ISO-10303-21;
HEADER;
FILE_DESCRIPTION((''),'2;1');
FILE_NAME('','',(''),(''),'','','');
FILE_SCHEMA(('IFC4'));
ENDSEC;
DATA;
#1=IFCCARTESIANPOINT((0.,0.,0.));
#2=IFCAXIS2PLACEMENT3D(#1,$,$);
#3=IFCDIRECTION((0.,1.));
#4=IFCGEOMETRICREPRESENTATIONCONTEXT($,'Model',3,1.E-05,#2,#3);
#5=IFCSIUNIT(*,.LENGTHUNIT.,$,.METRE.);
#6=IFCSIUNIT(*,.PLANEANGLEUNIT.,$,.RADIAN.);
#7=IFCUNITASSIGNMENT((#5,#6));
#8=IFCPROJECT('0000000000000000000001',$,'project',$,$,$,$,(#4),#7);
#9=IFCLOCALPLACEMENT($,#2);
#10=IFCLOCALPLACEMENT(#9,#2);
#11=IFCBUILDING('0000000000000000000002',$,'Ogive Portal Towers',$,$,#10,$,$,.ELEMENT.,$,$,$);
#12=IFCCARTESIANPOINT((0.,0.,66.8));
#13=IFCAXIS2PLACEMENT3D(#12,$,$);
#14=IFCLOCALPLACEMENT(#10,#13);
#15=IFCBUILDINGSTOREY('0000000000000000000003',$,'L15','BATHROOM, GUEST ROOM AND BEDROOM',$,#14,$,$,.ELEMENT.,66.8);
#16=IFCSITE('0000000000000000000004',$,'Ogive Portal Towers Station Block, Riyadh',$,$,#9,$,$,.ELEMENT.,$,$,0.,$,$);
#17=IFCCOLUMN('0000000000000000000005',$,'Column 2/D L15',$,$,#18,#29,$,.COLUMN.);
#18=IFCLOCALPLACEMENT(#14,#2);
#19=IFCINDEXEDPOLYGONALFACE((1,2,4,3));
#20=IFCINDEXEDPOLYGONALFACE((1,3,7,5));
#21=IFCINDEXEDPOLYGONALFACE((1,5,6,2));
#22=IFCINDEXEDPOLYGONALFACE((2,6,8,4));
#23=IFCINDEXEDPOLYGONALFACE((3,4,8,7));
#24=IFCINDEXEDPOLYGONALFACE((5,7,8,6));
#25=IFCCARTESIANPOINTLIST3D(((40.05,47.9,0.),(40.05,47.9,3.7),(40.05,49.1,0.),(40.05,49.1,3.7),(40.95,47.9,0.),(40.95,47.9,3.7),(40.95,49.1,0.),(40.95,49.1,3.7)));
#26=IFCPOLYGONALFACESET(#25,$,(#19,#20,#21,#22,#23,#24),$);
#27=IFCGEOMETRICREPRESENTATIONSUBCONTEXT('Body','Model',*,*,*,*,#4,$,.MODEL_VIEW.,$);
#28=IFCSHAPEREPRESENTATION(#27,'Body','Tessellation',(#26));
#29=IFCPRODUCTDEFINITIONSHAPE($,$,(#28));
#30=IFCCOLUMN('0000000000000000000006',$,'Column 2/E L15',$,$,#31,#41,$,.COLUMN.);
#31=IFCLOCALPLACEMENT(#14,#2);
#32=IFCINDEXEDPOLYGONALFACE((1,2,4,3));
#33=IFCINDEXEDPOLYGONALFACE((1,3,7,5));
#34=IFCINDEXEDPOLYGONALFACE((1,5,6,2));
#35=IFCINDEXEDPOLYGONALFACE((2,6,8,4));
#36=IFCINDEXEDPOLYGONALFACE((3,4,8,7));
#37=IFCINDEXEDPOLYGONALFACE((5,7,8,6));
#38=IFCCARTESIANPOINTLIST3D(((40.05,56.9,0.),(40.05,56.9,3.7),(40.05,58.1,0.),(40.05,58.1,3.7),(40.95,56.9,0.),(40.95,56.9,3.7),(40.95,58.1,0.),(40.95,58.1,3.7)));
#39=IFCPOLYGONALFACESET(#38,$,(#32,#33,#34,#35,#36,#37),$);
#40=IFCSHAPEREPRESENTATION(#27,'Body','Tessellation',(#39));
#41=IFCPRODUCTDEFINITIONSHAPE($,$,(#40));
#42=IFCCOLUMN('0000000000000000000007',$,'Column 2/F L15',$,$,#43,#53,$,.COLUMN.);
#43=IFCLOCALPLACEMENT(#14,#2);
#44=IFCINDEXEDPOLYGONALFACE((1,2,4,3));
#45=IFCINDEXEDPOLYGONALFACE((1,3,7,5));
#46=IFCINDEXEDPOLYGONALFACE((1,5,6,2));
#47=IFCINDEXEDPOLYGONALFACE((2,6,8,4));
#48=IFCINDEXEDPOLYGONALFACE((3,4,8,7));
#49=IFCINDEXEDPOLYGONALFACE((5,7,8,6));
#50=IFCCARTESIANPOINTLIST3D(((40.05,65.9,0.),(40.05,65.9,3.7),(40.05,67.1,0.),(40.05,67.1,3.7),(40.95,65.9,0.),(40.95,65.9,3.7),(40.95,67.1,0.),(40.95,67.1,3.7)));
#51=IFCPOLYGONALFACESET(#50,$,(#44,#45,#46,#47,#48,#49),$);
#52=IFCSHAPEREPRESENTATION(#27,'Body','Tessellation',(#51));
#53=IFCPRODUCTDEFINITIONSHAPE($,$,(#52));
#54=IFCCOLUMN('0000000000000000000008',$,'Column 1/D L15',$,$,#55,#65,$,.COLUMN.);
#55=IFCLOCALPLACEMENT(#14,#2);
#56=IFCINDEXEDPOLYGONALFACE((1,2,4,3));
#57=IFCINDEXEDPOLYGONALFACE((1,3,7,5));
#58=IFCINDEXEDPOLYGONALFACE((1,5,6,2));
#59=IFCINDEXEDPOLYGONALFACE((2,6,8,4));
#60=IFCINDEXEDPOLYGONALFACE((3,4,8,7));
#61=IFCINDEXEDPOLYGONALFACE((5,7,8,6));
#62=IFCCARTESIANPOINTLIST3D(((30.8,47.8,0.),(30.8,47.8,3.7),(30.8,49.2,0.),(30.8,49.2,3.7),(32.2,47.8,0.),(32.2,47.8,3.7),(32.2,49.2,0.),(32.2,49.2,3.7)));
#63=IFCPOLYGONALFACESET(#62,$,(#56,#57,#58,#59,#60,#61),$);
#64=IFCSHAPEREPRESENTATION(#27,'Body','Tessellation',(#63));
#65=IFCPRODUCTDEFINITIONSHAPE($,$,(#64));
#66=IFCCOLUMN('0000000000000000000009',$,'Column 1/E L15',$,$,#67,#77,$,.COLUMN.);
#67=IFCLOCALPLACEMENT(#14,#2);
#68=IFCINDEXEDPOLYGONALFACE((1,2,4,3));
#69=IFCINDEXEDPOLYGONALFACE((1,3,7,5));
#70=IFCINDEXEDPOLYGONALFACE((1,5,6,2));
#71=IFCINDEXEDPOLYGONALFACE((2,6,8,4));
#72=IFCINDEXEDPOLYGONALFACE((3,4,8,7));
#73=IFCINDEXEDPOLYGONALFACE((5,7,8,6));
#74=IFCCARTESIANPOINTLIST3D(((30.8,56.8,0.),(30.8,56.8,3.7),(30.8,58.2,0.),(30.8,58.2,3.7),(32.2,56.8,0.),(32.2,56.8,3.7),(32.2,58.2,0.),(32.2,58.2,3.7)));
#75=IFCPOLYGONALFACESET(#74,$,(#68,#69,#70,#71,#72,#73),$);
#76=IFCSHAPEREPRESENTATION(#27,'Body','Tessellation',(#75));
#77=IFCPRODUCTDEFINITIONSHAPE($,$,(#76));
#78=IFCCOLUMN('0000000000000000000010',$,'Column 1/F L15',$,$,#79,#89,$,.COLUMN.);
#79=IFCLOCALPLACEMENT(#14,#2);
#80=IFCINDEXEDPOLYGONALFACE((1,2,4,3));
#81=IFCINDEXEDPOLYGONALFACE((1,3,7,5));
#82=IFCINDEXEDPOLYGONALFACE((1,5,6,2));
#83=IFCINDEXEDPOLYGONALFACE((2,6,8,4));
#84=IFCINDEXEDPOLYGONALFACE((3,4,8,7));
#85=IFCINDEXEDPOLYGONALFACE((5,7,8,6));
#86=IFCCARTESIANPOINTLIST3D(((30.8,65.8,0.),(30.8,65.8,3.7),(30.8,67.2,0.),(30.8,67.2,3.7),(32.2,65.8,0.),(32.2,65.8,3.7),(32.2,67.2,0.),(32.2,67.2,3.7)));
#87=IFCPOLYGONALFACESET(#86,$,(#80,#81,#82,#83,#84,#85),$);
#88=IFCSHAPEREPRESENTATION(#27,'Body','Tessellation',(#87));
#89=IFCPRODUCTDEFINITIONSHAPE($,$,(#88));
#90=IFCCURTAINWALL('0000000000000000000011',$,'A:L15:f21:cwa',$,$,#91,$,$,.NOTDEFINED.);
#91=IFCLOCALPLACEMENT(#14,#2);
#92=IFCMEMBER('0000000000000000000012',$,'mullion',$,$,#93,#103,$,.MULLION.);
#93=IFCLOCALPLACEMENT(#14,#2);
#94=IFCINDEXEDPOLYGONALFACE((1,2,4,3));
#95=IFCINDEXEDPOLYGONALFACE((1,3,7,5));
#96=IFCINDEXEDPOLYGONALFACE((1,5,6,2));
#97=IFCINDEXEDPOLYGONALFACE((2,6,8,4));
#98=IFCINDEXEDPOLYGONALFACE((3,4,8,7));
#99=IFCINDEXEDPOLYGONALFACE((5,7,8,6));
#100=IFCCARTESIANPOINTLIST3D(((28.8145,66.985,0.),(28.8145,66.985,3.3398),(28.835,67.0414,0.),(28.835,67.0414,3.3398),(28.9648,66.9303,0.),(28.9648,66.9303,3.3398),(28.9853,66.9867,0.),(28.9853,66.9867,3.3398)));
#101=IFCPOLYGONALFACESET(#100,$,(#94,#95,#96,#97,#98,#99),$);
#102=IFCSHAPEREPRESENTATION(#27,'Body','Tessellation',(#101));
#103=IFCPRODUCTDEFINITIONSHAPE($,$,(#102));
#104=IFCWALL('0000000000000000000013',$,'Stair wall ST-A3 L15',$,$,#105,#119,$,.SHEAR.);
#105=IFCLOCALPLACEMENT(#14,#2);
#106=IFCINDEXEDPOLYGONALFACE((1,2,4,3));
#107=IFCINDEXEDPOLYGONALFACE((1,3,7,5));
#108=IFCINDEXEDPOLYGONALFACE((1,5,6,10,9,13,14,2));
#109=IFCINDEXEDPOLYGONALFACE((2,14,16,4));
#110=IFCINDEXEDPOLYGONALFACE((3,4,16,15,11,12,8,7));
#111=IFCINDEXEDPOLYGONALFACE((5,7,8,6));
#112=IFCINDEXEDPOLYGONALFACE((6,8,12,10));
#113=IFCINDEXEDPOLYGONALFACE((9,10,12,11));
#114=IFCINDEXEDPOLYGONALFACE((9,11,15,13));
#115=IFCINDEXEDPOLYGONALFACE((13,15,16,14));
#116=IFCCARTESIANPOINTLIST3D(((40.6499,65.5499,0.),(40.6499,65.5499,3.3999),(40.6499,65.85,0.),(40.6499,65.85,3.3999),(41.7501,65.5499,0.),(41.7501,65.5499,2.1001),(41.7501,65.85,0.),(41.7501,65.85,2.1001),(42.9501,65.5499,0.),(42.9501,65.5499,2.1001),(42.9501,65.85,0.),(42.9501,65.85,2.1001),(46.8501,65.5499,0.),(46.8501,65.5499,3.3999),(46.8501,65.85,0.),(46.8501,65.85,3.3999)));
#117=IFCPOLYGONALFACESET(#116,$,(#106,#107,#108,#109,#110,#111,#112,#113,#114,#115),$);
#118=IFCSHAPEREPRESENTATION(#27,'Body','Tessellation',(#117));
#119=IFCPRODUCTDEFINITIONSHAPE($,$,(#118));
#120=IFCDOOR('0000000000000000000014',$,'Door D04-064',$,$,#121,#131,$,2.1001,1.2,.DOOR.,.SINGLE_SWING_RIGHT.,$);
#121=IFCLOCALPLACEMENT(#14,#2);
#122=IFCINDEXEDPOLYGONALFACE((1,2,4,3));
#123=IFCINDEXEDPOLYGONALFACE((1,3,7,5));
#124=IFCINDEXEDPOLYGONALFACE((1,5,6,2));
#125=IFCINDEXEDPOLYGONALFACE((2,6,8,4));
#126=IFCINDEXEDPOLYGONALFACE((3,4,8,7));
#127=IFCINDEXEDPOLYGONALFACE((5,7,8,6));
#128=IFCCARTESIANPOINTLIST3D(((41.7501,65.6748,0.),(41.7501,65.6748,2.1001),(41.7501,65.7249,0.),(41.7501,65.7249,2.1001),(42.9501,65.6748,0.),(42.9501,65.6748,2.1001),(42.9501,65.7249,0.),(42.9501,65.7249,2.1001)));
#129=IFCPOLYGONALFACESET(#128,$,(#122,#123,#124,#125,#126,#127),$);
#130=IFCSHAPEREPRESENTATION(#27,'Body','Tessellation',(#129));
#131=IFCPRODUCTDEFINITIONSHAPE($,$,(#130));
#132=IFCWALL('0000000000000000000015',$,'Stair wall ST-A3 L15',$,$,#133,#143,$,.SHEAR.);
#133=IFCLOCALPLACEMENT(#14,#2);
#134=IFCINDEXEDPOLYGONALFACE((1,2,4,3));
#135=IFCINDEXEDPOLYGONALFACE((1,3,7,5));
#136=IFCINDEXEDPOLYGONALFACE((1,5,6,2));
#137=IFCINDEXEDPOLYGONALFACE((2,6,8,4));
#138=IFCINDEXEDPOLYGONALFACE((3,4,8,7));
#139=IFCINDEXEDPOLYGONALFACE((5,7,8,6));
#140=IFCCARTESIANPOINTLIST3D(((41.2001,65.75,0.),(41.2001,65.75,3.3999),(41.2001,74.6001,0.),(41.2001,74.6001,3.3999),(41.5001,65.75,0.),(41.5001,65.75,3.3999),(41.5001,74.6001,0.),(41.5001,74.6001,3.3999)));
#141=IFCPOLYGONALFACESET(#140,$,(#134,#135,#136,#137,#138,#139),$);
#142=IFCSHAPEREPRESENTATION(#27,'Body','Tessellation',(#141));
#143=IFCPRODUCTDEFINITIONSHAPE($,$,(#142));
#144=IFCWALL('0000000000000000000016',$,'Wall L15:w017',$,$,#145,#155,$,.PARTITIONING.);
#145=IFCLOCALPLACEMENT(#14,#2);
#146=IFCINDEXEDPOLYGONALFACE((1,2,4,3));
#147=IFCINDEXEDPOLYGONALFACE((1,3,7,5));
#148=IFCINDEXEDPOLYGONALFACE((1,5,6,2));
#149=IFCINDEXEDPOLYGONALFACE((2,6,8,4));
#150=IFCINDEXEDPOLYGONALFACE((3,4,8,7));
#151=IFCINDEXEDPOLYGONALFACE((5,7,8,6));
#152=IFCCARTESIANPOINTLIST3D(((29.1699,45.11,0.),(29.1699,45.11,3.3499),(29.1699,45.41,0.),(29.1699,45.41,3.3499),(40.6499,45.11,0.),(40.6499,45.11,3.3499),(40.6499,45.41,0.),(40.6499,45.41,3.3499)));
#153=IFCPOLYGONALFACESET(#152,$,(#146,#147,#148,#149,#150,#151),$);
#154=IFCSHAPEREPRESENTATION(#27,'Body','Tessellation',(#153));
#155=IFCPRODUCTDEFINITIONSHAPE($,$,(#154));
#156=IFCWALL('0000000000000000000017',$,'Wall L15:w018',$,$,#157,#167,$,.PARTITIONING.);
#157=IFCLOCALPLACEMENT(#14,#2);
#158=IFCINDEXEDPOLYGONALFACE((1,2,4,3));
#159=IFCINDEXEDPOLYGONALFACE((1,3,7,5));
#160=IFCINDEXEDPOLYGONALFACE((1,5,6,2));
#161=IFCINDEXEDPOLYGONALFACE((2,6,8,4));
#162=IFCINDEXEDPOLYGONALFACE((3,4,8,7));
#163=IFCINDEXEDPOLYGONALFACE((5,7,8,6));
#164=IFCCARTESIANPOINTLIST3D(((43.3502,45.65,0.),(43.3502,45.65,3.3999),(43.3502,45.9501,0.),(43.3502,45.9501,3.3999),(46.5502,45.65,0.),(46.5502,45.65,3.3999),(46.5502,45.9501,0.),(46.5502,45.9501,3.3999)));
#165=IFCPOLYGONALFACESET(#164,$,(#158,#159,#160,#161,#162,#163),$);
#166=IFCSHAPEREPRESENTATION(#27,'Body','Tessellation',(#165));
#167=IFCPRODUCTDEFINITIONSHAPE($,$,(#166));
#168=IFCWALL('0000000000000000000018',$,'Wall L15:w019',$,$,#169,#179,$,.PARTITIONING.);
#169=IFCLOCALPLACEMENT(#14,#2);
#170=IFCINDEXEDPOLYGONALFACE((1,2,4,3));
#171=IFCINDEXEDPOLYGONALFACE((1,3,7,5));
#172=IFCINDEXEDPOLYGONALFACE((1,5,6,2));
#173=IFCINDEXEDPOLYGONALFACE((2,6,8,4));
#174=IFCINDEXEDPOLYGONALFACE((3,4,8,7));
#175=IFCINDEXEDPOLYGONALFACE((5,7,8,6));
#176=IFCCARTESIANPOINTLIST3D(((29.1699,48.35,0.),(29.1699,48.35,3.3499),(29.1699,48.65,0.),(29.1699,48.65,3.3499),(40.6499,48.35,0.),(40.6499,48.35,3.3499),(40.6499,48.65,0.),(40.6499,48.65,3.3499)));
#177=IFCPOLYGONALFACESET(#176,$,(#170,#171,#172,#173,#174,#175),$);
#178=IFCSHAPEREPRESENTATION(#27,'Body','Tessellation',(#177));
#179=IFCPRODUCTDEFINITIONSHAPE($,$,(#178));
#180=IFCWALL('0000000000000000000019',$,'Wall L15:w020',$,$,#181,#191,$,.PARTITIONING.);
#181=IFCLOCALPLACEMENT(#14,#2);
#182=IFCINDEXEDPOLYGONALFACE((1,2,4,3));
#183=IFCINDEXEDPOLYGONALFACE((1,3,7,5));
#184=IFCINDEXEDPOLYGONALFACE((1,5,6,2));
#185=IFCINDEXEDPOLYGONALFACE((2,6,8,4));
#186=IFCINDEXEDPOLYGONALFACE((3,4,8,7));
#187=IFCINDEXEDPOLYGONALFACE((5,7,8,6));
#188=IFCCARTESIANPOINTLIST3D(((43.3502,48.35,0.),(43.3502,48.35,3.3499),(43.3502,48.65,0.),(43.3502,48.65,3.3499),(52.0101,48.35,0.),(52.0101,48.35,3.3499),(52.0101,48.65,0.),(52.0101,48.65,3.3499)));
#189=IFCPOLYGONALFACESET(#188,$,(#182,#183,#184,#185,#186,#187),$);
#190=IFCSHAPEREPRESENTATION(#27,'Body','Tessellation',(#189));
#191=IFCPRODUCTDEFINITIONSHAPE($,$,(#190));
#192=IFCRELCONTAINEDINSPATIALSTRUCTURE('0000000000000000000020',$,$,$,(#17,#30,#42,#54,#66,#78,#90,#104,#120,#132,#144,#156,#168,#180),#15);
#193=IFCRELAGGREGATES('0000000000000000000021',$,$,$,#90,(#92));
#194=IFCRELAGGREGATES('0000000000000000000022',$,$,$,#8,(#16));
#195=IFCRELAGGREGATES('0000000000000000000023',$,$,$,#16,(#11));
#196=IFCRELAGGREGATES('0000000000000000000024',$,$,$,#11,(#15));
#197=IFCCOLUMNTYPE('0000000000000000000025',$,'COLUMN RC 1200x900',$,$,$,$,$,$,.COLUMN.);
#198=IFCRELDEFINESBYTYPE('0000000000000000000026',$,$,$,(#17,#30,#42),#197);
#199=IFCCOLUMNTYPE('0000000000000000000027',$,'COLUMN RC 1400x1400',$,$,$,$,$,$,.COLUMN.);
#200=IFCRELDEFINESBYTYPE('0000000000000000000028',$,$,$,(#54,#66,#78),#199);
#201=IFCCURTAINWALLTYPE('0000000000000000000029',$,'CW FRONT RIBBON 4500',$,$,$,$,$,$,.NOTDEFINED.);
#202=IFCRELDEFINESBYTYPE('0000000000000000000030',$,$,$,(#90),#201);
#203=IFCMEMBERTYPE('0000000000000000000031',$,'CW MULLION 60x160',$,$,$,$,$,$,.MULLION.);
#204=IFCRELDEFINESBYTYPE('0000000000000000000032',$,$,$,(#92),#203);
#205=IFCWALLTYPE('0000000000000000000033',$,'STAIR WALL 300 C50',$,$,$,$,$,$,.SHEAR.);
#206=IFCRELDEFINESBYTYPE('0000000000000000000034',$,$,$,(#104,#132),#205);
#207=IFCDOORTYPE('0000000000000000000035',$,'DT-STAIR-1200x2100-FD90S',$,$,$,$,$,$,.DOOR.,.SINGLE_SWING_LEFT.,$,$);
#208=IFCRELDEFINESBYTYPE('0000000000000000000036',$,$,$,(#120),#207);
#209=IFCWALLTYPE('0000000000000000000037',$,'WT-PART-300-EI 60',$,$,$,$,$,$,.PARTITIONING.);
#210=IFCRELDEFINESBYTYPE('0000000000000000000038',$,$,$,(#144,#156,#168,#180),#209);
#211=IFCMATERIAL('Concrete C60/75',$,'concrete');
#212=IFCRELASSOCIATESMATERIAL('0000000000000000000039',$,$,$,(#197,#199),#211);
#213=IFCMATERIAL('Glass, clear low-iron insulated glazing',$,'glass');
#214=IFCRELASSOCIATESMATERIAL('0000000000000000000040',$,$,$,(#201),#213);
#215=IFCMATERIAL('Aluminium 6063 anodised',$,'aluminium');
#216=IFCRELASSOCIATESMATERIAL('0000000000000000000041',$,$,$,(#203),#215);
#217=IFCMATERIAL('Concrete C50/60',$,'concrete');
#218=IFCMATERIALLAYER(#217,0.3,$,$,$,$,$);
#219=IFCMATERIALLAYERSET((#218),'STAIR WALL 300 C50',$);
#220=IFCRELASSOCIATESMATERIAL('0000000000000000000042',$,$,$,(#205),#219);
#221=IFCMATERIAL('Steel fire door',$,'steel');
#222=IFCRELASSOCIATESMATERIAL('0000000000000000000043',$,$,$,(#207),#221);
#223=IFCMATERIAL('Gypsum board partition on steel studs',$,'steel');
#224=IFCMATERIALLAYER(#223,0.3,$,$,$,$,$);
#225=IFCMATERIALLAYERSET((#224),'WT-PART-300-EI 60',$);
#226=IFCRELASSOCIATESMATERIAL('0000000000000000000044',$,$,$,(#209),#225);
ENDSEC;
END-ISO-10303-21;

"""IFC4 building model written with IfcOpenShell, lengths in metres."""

from ifc_helpers import new_model, si_unit, direction, frame, frame_2d, origin, origin_2d, place, context, subcontext, project, spatial, rectangle, extrude, material, layer, layer_set, material_profile, profile_set, type_object, element, fill, aggregate, save


model = new_model("IFC4")

# Units and contexts
model_context = context("Model", 3, precision=1e-05, world=origin(), true_north=direction((0.0, 1.0)))
body_context = subcontext(model_context, "Body", "Model", "MODEL_VIEW")
ifc_project = project(units=[si_unit("LENGTHUNIT", "METRE"), si_unit("PLANEANGLEUNIT", "RADIAN")], contexts=[model_context])

# Site, building, storey
site_placement = place(None, origin())
site = spatial("IfcSite", under=ifc_project, at=site_placement, Name="Ogive Portal Towers Station Block, Riyadh", CompositionType="ELEMENT", RefElevation=0.0)
building_placement = place(site_placement, origin())
building = spatial("IfcBuilding", under=site, at=building_placement, Name="Ogive Portal Towers", CompositionType="ELEMENT")
storey_placement = place(building_placement, frame((0.0, 0.0, 66.8)))
storey = spatial("IfcBuildingStorey", under=building, at=storey_placement, Name="L15", Description="BATHROOM, GUEST ROOM AND BEDROOM", CompositionType="ELEMENT", Elevation=66.8)

# Columns
ifc_material_1 = material(Name="Concrete C60/75", Category="concrete")
ifc_material_profile_1 = material_profile(ifc_material_1, rectangle(XDim=1.2, YDim=0.8999, at=origin_2d()), Name="RC 1200x900")
ifc_profile_set_1 = profile_set([ifc_material_profile_1], Name="Concrete C60/75")
column_type_1 = type_object("IfcColumnType", Name="COLUMN RC 1200x900", PredefinedType="COLUMN", material=ifc_profile_set_1)
for number, where, z_axis, x_axis, name in (
    (1, (40.5, 48.5, 0.0), (0.0, 0.0, 1.0), (0.0, 1.0, 0.0), "Column 2/D L15"),
    (2, (40.5, 57.5, 0.0), (0.0, 0.0, 1.0), (0.0, 1.0, 0.0), "Column 2/E L15"),
    (3, (40.5, 66.5, 0.0), (0.0, 0.0, 1.0), (0.0, 1.0, 0.0), "Column 2/F L15"),
):
    element("IfcColumn", number, at=place(storey_placement, frame(where, z_axis=z_axis, x_axis=x_axis)), inside=storey, type_object=column_type_1, Name=name, PredefinedType="COLUMN", context=body_context, shape_type="SweptSolid", body=[
        extrude(rectangle(XDim=1.2, YDim=0.8999, at=origin_2d()), origin(), (0.0, 0.0, 1.0), 3.7),
    ])
ifc_material_profile_2 = material_profile(ifc_material_1, rectangle(XDim=1.3999, YDim=1.3999, at=origin_2d()), Name="RC 1400x1400")
ifc_profile_set_2 = profile_set([ifc_material_profile_2], Name="Concrete C60/75")
column_type_2 = type_object("IfcColumnType", Name="COLUMN RC 1400x1400", PredefinedType="COLUMN", material=ifc_profile_set_2)
for number, where, z_axis, x_axis, name in (
    (4, (31.5, 48.5, 0.0), (0.0, 0.0, 1.0), (1.0, 0.0, 0.0), "Column 1/D L15"),
    (5, (31.5, 57.5, 0.0), (0.0, 0.0, 1.0), (1.0, 0.0, 0.0), "Column 1/E L15"),
    (6, (31.5, 66.5, 0.0), (0.0, 0.0, 1.0), (1.0, 0.0, 0.0), "Column 1/F L15"),
):
    element("IfcColumn", number, at=place(storey_placement, frame(where, z_axis=z_axis, x_axis=x_axis)), inside=storey, type_object=column_type_2, Name=name, PredefinedType="COLUMN", context=body_context, shape_type="SweptSolid", body=[
        extrude(rectangle(XDim=1.3999, YDim=1.3999, at=origin_2d()), origin(), (0.0, 0.0, 1.0), 3.7),
    ])

# Curtain wall, member
ifc_material_2 = material(Name="Glass, clear low-iron insulated glazing", Category="glass")
curtain_wall_type = type_object("IfcCurtainWallType", Name="CW FRONT RIBBON 4500", PredefinedType="NOTDEFINED", material=ifc_material_2)
curtain_wall_placement = place(storey_placement, origin())
curtain_wall = element("IfcCurtainWall", 7, at=curtain_wall_placement, inside=storey, type_object=curtain_wall_type, Name="A:L15:f21:cwa", PredefinedType="NOTDEFINED")
ifc_material_3 = material(Name="Aluminium 6063 anodised", Category="aluminium")
ifc_material_profile_3 = material_profile(ifc_material_3, rectangle(XDim=0.1599, YDim=0.0601, at=origin_2d()), Name="AL 60x160")
ifc_profile_set_3 = profile_set([ifc_material_profile_3], Name="Aluminium 6063 anodised")
member_type = type_object("IfcMemberType", Name="CW MULLION 60x160", PredefinedType="MULLION", material=ifc_profile_set_3)
member_placement = place(storey_placement, frame((28.8999, 66.9858, 0.0), z_axis=(0.0, 0.0, 1.0), x_axis=(0.939693, -0.34202, 0.0)))
member = element("IfcMember", 8, at=member_placement, type_object=member_type, Name="mullion", PredefinedType="MULLION", context=body_context, shape_type="SweptSolid", body=[
    extrude(rectangle(XDim=0.1599, YDim=0.0601, at=origin_2d()), origin(), (0.0, 0.0, 1.0), 3.3398),
])
aggregate(curtain_wall, [member])

# Wall, opening, door
ifc_material_4 = material(Name="Concrete C50/60", Category="concrete")
ifc_layer_1 = layer(ifc_material_4, 0.3)
ifc_layer_set_1 = layer_set([ifc_layer_1], Name="STAIR WALL 300 C50")
wall_type_1 = type_object("IfcWallType", Name="STAIR WALL 300 C50", PredefinedType="SHEAR", material=ifc_layer_set_1)
wall_1_placement = place(storey_placement, frame((40.6499, 65.7, 0.0), z_axis=(0.0, 0.0, 1.0), x_axis=(1.0, 0.0, 0.0)))
wall_1 = element("IfcWall", 9, at=wall_1_placement, inside=storey, type_object=wall_type_1, Name="Stair wall ST-A3 L15", PredefinedType="SHEAR", context=body_context, shape_type="SweptSolid", body=[
    extrude(rectangle(XDim=6.2002, YDim=0.3, at=frame_2d((3.1001, 0.0))), origin(), (0.0, 0.0, 1.0), 3.3999),
])
opening_1_placement = place(wall_1_placement, frame((1.1001, 0.0, 0.0)))
opening_1 = element("IfcOpeningElement", 10, at=opening_1_placement, cuts=wall_1, PredefinedType="OPENING", context=body_context, shape_type="SweptSolid", body=[
    extrude(rectangle(XDim=1.2, YDim=2.1001, at=frame_2d((0.6001, 1.05))), frame((0.0, 0.1602, 0.0), z_axis=(0.0, -1.0, 0.0), x_axis=(1.0, 0.0, 0.0)), (0.0, 0.0, 1.0), 0.3201),
])
ifc_material_5 = material(Name="Steel fire door", Category="steel")
door_type_1 = type_object("IfcDoorType", Name="DT-STAIR-1200x2100-FD90S", OperationType="SINGLE_SWING_LEFT", PredefinedType="DOOR", material=ifc_material_5)
door_1_placement = place(opening_1_placement, origin())
door_1 = element("IfcDoor", 11, at=door_1_placement, inside=storey, type_object=door_type_1, Name="Door D04-064", OperationType="SINGLE_SWING_RIGHT", OverallHeight=2.1001, OverallWidth=1.2, PredefinedType="DOOR", context=body_context, shape_type="SweptSolid", body=[
    extrude(rectangle(XDim=1.2, YDim=2.1001, at=frame_2d((0.6001, 1.05))), frame((0.0, 0.0249, 0.0), z_axis=(0.0, -1.0, 0.0), x_axis=(1.0, 0.0, 0.0)), (0.0, 0.0, 1.0), 0.05),
])
fill(opening_1, door_1)

# Walls
wall_2_placement = place(storey_placement, frame((41.3501, 65.75, 0.0), z_axis=(0.0, 0.0, 1.0), x_axis=(0.0, 1.0, 0.0)))
element("IfcWall", 12, at=wall_2_placement, inside=storey, type_object=wall_type_1, Name="Stair wall ST-A3 L15", PredefinedType="SHEAR", context=body_context, shape_type="SweptSolid", body=[
    extrude(rectangle(XDim=8.8501, YDim=0.3, at=frame_2d((4.425, 0.0))), origin(), (0.0, 0.0, 1.0), 3.3999),
])
ifc_material_6 = material(Name="Gypsum board partition on steel studs", Category="steel")
ifc_layer_2 = layer(ifc_material_6, 0.3)
ifc_layer_set_2 = layer_set([ifc_layer_2], Name="WT-PART-300-EI 60")
wall_type_2 = type_object("IfcWallType", Name="WT-PART-300-EI 60", PredefinedType="PARTITIONING", material=ifc_layer_set_2)
wall_3_placement = place(storey_placement, frame((29.1699, 45.26, 0.0), z_axis=(0.0, 0.0, 1.0), x_axis=(1.0, 0.0, 0.0)))
element("IfcWall", 13, at=wall_3_placement, inside=storey, type_object=wall_type_2, Name="Wall L15:w017", PredefinedType="PARTITIONING", context=body_context, shape_type="SweptSolid", body=[
    extrude(rectangle(XDim=11.48, YDim=0.3, at=frame_2d((5.74, 0.0))), origin(), (0.0, 0.0, 1.0), 3.3499),
])
wall_4_placement = place(storey_placement, frame((43.3501, 45.8, 0.0), z_axis=(0.0, 0.0, 1.0), x_axis=(1.0, 0.0, 0.0)))
element("IfcWall", 14, at=wall_4_placement, inside=storey, type_object=wall_type_2, Name="Wall L15:w018", PredefinedType="PARTITIONING", context=body_context, shape_type="SweptSolid", body=[
    extrude(rectangle(XDim=3.2, YDim=0.3, at=frame_2d((1.6001, 0.0))), origin(), (0.0, 0.0, 1.0), 3.3999),
])
wall_5_placement = place(storey_placement, frame((29.1699, 48.5, 0.0), z_axis=(0.0, 0.0, 1.0), x_axis=(1.0, 0.0, 0.0)))
element("IfcWall", 15, at=wall_5_placement, inside=storey, type_object=wall_type_2, Name="Wall L15:w019", PredefinedType="PARTITIONING", context=body_context, shape_type="SweptSolid", body=[
    extrude(rectangle(XDim=11.48, YDim=0.3, at=frame_2d((5.74, 0.0))), origin(), (0.0, 0.0, 1.0), 3.3499),
])
wall_6_placement = place(storey_placement, frame((43.3501, 48.5, 0.0), z_axis=(0.0, 0.0, 1.0), x_axis=(1.0, 0.0, 0.0)))
element("IfcWall", 16, at=wall_6_placement, inside=storey, type_object=wall_type_2, Name="Wall L15:w020", PredefinedType="PARTITIONING", context=body_context, shape_type="SweptSolid", body=[
    extrude(rectangle(XDim=8.6599, YDim=0.3, at=frame_2d((4.3301, 0.0))), origin(), (0.0, 0.0, 1.0), 3.3499),
])

save(model, "model.ifc")
